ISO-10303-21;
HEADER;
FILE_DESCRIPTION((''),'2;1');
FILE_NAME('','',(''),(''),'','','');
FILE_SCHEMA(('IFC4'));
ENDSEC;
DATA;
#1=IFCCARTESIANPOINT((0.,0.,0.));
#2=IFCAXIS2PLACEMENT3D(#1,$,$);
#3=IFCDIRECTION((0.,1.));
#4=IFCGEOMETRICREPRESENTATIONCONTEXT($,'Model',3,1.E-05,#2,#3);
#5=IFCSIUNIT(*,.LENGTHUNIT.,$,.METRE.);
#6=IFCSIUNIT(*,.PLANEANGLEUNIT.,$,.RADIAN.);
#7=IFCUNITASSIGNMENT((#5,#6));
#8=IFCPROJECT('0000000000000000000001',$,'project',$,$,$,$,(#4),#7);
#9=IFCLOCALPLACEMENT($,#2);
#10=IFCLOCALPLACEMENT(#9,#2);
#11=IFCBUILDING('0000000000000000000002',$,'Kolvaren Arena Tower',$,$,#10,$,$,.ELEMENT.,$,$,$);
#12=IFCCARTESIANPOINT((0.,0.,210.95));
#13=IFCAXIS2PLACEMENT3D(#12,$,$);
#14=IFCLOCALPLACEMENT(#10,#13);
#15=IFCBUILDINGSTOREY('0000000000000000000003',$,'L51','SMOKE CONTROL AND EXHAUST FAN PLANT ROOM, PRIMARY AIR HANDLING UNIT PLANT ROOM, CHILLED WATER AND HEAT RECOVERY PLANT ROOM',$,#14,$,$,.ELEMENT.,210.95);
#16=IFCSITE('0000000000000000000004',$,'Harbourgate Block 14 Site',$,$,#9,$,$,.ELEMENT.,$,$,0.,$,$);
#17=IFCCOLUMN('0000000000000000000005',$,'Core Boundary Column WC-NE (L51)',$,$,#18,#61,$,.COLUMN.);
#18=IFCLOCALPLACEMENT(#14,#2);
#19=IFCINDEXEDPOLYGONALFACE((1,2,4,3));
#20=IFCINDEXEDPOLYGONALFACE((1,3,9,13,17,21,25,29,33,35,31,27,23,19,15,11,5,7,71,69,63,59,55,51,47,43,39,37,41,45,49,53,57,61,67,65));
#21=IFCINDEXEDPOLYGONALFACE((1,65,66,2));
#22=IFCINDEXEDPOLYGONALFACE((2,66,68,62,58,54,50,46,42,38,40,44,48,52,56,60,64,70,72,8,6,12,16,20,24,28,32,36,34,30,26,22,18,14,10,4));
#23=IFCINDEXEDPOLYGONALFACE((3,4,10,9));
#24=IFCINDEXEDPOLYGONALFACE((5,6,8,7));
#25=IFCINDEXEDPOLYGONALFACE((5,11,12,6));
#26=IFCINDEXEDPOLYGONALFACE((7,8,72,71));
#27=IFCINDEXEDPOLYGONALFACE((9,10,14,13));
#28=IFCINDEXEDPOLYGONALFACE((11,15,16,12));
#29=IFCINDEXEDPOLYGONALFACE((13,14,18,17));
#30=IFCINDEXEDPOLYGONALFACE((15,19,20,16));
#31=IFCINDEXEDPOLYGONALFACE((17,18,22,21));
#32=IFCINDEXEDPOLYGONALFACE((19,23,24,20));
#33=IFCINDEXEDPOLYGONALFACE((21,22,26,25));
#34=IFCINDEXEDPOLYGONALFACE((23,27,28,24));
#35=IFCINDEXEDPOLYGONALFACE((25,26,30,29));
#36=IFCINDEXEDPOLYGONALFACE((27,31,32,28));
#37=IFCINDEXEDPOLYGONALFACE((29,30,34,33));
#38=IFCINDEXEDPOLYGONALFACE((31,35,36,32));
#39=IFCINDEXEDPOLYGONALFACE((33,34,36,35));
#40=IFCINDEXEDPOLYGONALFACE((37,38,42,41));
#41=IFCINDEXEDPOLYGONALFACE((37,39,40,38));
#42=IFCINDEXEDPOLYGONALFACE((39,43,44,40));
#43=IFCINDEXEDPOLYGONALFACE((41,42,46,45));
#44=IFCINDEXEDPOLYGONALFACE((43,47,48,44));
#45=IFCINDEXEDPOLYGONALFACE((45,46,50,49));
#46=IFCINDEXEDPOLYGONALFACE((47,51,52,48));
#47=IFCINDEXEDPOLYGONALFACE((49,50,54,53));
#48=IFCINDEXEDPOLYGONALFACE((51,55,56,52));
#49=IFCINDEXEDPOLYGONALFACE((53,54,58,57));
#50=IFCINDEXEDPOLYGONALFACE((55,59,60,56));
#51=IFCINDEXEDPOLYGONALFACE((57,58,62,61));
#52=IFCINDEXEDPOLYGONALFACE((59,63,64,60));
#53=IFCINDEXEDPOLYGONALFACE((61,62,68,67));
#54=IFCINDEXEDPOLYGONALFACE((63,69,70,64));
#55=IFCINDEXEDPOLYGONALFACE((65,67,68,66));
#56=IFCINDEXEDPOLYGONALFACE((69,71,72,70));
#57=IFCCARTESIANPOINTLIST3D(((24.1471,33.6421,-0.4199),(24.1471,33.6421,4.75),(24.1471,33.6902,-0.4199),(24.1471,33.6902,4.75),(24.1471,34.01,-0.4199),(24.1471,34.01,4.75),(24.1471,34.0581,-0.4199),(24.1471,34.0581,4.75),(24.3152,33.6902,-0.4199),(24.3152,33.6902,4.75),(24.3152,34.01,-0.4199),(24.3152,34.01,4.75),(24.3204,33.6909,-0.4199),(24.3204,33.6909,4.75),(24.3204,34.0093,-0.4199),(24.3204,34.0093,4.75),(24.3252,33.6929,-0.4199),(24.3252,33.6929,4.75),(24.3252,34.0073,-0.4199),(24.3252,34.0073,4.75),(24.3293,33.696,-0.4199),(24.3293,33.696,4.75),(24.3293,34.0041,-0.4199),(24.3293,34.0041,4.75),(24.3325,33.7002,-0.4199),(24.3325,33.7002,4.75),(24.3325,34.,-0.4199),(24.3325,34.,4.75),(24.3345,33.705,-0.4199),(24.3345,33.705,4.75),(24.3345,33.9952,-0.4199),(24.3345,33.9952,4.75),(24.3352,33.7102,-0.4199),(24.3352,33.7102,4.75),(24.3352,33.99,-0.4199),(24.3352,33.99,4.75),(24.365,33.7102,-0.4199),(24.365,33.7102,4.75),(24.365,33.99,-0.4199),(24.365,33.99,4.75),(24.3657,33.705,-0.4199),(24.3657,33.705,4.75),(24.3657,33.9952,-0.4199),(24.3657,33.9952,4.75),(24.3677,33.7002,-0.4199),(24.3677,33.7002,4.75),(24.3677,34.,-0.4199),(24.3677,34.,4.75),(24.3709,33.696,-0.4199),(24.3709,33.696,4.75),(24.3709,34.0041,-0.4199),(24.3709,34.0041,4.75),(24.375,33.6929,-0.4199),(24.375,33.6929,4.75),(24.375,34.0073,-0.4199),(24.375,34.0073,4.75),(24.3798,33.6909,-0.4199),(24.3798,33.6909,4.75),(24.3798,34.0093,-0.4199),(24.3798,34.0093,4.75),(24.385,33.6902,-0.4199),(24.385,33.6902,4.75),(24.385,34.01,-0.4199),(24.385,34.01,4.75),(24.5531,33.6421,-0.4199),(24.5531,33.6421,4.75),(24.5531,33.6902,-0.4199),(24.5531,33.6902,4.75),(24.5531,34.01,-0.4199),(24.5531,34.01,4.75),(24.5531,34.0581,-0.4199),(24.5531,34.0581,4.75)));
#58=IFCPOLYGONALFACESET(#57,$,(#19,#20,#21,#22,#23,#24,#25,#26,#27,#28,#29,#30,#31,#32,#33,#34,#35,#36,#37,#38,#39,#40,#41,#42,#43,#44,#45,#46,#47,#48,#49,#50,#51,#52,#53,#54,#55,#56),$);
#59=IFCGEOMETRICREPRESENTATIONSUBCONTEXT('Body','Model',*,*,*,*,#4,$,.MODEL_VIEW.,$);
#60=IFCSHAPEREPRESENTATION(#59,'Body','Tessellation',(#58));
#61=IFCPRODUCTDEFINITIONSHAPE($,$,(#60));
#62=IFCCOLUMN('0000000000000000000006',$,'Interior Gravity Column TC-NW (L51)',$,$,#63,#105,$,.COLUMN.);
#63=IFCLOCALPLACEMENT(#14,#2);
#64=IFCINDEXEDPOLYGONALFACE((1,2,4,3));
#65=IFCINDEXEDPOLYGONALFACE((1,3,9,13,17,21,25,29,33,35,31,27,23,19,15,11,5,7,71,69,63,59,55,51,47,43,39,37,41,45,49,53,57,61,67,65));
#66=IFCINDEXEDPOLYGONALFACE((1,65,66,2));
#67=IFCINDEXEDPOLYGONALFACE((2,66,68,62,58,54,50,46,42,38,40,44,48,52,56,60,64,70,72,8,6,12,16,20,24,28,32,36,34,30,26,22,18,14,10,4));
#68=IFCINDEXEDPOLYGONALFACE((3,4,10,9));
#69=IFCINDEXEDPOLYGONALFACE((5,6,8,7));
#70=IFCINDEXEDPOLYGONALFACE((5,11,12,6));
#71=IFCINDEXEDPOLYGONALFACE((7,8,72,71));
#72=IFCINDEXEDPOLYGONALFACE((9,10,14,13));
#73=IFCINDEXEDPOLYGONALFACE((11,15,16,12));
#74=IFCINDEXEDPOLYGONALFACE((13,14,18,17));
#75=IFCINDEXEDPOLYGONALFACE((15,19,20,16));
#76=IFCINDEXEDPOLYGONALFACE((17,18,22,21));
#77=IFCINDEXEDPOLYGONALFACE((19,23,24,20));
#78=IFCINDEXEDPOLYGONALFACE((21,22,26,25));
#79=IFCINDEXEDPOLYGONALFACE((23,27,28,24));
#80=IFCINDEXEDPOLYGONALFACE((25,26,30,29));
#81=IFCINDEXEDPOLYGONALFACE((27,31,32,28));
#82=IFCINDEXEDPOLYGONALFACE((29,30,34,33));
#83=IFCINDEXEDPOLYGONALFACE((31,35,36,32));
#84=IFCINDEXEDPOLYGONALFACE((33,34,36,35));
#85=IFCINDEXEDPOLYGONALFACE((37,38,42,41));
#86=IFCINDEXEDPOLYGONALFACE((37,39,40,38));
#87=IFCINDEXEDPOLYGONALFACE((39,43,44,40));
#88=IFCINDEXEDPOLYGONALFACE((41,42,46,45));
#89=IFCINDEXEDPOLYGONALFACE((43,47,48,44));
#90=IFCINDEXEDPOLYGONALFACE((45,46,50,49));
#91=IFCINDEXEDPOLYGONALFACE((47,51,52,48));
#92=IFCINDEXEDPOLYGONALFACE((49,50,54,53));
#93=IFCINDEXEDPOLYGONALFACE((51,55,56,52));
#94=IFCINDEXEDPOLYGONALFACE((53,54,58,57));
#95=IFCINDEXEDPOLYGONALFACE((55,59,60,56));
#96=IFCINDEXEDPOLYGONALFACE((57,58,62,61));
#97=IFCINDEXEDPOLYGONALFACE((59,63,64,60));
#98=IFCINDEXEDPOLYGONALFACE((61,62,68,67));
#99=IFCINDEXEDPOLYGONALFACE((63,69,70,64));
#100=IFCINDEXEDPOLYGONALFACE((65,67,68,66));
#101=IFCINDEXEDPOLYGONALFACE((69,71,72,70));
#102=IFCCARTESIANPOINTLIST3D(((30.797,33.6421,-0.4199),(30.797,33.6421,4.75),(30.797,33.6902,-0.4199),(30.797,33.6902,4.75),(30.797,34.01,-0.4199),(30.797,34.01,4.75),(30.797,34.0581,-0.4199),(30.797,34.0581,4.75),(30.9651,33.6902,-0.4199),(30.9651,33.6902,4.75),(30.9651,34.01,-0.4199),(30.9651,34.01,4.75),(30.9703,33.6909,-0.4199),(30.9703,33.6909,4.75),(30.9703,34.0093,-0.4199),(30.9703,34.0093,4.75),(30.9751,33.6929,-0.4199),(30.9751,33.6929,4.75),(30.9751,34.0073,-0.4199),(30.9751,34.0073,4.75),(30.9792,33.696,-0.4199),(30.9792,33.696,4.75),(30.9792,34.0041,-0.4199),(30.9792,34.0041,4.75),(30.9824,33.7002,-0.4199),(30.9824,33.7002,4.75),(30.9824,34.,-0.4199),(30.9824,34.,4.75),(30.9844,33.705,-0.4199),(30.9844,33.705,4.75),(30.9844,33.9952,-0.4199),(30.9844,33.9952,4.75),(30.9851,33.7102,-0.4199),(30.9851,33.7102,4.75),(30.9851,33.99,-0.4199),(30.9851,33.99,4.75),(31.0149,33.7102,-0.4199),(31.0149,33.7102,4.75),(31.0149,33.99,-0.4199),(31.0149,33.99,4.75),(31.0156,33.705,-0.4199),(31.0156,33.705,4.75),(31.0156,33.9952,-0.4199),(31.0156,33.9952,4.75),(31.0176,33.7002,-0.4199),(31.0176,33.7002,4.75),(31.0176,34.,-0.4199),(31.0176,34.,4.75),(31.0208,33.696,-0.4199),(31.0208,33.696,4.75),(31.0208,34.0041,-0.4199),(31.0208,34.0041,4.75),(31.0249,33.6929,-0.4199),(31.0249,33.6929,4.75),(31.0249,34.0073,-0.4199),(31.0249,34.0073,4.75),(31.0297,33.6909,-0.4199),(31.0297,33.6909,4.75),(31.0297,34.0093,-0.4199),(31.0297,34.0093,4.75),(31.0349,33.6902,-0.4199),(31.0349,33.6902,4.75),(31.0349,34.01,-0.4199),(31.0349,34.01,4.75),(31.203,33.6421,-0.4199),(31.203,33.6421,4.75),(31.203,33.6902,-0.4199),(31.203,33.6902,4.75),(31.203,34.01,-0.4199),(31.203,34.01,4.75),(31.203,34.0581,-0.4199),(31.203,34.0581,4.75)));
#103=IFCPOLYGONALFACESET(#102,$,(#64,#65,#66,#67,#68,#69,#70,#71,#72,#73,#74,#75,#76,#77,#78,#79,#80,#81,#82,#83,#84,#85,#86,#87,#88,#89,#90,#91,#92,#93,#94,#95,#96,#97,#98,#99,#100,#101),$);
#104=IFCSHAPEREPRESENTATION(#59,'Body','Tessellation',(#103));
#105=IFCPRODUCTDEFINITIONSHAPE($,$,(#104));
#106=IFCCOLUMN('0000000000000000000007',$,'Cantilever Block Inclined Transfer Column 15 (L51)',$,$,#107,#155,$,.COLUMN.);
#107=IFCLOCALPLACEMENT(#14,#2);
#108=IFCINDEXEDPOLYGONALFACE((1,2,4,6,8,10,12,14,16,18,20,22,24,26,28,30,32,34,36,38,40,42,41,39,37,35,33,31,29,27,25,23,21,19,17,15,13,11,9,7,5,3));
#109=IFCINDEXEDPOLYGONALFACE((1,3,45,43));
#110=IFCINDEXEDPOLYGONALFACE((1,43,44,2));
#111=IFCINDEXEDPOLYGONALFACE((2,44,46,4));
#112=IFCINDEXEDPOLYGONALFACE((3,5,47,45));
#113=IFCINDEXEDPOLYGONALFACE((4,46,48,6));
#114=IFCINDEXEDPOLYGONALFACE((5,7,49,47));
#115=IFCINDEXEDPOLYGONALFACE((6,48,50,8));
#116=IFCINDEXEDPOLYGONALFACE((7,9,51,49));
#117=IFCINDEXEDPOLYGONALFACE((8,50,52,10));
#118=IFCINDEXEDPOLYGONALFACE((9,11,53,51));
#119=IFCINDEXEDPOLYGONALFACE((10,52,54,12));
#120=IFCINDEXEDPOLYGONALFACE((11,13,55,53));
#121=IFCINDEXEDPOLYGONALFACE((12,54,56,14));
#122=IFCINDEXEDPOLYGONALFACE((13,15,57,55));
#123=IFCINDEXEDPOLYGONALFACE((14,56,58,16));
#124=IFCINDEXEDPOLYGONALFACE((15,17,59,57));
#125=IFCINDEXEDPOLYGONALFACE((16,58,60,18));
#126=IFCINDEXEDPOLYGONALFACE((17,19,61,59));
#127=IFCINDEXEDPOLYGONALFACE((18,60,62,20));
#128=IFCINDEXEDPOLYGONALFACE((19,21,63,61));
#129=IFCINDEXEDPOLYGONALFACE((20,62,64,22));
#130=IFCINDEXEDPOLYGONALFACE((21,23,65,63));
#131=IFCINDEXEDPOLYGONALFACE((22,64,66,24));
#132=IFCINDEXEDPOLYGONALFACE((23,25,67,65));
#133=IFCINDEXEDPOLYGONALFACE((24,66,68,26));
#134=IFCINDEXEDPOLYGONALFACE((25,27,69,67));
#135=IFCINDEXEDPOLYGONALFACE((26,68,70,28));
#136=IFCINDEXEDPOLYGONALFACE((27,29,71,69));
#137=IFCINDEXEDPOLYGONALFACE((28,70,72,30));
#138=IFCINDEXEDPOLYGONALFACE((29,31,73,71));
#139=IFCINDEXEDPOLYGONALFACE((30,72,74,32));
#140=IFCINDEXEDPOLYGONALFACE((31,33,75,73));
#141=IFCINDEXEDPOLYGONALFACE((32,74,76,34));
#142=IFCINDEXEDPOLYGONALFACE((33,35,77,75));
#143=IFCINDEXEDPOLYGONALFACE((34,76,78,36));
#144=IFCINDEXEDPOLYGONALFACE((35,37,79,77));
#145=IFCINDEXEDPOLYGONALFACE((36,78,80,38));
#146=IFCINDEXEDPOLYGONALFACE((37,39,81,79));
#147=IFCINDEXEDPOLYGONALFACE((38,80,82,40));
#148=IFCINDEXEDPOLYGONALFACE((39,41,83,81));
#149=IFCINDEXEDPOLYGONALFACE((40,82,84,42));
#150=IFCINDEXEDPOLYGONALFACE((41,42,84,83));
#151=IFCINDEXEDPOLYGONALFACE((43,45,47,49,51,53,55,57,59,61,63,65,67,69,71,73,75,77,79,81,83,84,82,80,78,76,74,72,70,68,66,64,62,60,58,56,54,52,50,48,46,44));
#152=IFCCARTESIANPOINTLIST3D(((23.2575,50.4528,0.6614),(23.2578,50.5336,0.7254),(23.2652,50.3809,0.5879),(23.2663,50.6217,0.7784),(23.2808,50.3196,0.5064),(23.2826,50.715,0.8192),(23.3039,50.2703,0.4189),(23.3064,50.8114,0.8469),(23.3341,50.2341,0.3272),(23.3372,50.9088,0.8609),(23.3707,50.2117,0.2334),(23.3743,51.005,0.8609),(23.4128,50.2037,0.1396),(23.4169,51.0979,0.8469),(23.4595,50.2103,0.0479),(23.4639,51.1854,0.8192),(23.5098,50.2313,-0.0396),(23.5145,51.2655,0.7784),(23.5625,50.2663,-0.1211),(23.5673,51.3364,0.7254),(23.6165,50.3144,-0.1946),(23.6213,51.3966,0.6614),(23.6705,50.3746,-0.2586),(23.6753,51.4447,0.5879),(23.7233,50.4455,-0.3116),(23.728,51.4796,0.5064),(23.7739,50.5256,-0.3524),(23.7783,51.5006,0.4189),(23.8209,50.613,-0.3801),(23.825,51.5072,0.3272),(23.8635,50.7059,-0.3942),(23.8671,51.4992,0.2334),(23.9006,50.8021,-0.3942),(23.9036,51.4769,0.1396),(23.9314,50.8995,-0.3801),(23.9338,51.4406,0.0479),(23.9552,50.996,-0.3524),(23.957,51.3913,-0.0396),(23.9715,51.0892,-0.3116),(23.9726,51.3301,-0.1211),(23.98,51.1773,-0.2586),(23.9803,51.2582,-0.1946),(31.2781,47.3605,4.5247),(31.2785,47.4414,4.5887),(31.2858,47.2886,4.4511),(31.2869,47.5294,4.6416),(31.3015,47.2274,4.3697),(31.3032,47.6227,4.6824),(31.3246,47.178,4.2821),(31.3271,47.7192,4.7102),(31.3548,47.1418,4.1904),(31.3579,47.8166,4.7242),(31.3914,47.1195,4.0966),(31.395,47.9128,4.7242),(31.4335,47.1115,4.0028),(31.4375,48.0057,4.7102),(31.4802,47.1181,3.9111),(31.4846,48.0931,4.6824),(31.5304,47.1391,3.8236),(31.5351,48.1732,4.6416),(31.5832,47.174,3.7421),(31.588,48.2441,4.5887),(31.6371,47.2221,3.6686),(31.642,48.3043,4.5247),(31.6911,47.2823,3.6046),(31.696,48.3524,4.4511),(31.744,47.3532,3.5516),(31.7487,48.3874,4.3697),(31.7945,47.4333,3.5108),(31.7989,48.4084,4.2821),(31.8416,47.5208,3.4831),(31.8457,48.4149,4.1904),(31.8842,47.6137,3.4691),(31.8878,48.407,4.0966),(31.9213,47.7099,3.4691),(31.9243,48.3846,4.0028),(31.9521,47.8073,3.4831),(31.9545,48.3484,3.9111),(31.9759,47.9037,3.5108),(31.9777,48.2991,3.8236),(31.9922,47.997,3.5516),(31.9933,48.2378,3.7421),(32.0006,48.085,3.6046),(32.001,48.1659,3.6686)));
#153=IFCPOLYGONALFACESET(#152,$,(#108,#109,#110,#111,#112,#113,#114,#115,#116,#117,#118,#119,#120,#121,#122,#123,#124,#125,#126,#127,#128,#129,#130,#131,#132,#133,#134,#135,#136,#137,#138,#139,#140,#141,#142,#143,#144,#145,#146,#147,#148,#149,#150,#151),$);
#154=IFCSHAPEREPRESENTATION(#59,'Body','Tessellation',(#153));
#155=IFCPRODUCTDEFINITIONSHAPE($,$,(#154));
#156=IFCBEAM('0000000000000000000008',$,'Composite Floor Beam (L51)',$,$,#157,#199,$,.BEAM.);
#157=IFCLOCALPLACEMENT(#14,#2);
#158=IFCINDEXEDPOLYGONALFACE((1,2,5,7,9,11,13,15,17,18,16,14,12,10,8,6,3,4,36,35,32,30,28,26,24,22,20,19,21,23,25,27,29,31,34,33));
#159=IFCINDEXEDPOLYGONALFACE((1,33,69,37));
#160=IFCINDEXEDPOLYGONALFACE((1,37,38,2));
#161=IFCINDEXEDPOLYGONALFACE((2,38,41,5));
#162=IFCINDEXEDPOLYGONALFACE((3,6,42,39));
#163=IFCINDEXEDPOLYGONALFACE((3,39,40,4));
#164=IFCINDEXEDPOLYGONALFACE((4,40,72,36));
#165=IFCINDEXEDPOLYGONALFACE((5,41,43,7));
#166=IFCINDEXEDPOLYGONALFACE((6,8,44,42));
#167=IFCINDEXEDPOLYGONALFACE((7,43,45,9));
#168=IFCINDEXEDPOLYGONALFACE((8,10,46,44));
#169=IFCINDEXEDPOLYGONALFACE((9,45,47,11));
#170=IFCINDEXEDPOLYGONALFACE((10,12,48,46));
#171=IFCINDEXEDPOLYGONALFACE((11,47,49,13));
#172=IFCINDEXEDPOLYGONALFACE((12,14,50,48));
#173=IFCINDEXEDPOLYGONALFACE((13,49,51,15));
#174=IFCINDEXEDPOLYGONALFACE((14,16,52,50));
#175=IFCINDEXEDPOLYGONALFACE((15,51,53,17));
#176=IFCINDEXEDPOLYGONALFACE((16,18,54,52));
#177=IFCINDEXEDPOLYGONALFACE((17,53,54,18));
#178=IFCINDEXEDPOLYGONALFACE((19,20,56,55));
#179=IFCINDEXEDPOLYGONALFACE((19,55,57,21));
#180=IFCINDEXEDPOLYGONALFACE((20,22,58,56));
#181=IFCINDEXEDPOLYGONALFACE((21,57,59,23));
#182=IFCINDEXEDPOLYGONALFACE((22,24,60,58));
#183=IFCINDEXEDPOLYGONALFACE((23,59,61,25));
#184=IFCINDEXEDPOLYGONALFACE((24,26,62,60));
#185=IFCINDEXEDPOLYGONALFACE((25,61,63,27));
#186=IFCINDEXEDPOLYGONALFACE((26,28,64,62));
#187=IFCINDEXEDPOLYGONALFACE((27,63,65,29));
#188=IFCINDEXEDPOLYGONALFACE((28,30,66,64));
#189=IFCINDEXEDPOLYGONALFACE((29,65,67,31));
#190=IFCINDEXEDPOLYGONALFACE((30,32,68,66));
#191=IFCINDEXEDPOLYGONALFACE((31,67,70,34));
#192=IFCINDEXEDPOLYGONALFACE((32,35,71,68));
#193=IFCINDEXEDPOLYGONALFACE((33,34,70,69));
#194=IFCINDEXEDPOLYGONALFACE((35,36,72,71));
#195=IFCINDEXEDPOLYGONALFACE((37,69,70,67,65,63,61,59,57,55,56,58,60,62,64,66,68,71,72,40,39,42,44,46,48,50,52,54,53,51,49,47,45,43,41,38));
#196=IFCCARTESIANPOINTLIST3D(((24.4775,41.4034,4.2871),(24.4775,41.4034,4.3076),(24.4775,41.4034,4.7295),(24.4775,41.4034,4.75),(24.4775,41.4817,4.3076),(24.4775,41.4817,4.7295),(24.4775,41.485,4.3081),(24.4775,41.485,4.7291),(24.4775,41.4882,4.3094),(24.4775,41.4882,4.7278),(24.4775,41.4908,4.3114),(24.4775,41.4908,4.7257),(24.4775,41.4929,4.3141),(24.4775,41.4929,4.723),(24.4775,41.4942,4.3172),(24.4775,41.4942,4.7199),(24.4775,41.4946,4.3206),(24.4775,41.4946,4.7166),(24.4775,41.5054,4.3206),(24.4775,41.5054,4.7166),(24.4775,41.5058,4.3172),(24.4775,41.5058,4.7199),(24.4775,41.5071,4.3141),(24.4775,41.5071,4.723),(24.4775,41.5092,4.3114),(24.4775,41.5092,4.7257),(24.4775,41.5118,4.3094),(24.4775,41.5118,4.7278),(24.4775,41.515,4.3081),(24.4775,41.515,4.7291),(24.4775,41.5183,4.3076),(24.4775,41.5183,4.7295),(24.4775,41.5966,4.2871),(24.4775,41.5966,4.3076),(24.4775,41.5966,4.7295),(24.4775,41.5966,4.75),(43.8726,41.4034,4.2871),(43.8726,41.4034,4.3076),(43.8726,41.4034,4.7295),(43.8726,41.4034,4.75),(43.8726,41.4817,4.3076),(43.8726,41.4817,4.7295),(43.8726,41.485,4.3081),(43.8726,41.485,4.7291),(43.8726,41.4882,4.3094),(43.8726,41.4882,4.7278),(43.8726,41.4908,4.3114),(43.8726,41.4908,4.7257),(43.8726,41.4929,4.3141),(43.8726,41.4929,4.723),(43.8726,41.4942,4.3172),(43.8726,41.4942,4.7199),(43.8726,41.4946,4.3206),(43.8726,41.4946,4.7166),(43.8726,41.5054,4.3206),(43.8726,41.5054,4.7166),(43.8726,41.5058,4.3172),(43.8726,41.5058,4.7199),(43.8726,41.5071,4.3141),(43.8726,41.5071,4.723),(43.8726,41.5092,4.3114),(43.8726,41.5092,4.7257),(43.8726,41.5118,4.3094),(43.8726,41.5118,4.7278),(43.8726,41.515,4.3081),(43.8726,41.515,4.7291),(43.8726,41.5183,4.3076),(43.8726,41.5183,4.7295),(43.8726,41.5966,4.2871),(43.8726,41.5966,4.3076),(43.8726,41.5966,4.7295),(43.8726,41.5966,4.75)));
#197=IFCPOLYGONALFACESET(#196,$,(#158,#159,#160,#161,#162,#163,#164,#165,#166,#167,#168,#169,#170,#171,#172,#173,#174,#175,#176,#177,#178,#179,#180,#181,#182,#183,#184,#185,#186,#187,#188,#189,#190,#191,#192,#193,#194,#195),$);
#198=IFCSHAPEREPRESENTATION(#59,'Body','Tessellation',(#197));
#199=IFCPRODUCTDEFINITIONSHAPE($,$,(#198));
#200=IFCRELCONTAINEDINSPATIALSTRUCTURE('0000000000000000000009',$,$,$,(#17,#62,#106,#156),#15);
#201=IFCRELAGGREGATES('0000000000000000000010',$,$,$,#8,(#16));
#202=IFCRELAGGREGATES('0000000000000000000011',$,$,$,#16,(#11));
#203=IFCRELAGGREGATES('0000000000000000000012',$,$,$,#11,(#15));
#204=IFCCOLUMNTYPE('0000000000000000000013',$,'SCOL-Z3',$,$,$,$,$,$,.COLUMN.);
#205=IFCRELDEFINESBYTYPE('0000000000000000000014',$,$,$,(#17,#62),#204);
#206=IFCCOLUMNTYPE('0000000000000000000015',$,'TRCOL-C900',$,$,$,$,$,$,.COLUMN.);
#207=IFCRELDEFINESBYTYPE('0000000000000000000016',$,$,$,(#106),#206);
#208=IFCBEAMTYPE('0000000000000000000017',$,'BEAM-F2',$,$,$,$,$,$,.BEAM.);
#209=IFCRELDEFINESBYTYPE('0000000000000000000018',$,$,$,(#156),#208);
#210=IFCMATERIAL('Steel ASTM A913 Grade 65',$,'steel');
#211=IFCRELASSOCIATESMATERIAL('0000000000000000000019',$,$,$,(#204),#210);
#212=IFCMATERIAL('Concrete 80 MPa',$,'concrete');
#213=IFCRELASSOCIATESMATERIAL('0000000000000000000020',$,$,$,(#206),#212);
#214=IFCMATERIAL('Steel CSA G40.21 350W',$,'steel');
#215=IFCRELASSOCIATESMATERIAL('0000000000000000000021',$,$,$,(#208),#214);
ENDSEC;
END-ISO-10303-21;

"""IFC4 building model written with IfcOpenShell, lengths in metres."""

from ifc_helpers import new_model, si_unit, direction, frame, origin, origin_2d, place, context, subcontext, project, spatial, circle, i_section, extrude, material, material_profile, profile_set, type_object, element, save


model = new_model("IFC4")

# Units and contexts
model_context = context("Model", 3, precision=1e-05, world=origin(), true_north=direction((0.0, 1.0)))
body_context = subcontext(model_context, "Body", "Model", "MODEL_VIEW")
ifc_project = project(units=[si_unit("LENGTHUNIT", "METRE"), si_unit("PLANEANGLEUNIT", "RADIAN")], contexts=[model_context])

# Site, building, storey
site_placement = place(None, origin())
site = spatial("IfcSite", under=ifc_project, at=site_placement, Name="Harbourgate Block 14 Site", CompositionType="ELEMENT", RefElevation=0.0)
building_placement = place(site_placement, origin())
building = spatial("IfcBuilding", under=site, at=building_placement, Name="Kolvaren Arena Tower", CompositionType="ELEMENT")
storey_placement = place(building_placement, frame((0.0, 0.0, 210.95)))
storey = spatial("IfcBuildingStorey", under=building, at=storey_placement, Name="L51", Description="SMOKE CONTROL AND EXHAUST FAN PLANT ROOM, PRIMARY AIR HANDLING UNIT PLANT ROOM, CHILLED WATER AND HEAT RECOVERY PLANT ROOM", CompositionType="ELEMENT", Elevation=210.95)

# Columns
ifc_material_1 = material(Name="Steel ASTM A913 Grade 65", Category="steel")
ifc_material_profile_1 = material_profile(ifc_material_1, i_section(OverallWidth=0.406, OverallDepth=0.416, WebThickness=0.0298, FlangeThickness=0.0481, FilletRadius=0.02, at=origin_2d()), Name="W360x382")
ifc_profile_set_1 = profile_set([ifc_material_profile_1], Name="Steel ASTM A913 Grade 65")
column_type_1 = type_object("IfcColumnType", Name="SCOL-Z3", PredefinedType="COLUMN", material=ifc_profile_set_1)
for number, where, z_axis, x_axis, name in (
    (1, (24.3501, 33.8501, -0.4199), (0.0, 0.0, 1.0), (1.0, 0.0, 0.0), "Core Boundary Column WC-NE (L51)"),
    (2, (31.0, 33.8501, -0.4199), (0.0, 0.0, 1.0), (1.0, 0.0, 0.0), "Interior Gravity Column TC-NW (L51)"),
):
    element("IfcColumn", number, at=place(storey_placement, frame(where, z_axis=z_axis, x_axis=x_axis)), inside=storey, type_object=column_type_1, Name=name, PredefinedType="COLUMN", context=body_context, shape_type="SweptSolid", body=[
        extrude(i_section(OverallWidth=0.406, OverallDepth=0.416, WebThickness=0.0298, FlangeThickness=0.0481, FilletRadius=0.02, at=origin_2d()), origin(), (0.0, 0.0, 1.0), 5.1699),
    ])
ifc_material_2 = material(Name="Concrete 80 MPa", Category="concrete")
ifc_material_profile_2 = material_profile(ifc_material_2, circle(Radius=0.6899, at=origin_2d()), Name="RC-CIRC-1380")
ifc_profile_set_2 = profile_set([ifc_material_profile_2], Name="Concrete 80 MPa")
column_type_2 = type_object("IfcColumnType", Name="TRCOL-C900", PredefinedType="COLUMN", material=ifc_profile_set_2)
column_placement = place(storey_placement, frame((23.6189, 50.8555, 0.2334), z_axis=(0.851061, -0.328114, 0.409923), x_axis=(0.359727, 0.933058, 0.0)))
element("IfcColumn", 3, at=column_placement, inside=storey, type_object=column_type_2, Name="Cantilever Block Inclined Transfer Column 15 (L51)", PredefinedType="COLUMN", context=body_context, shape_type="SweptSolid", body=[
    extrude(circle(Radius=0.6899, at=origin_2d()), origin(), (0.0, 0.0, 1.0), 9.4243),
])

# Beam
ifc_material_3 = material(Name="Steel CSA G40.21 350W", Category="steel")
ifc_material_profile_3 = material_profile(ifc_material_3, i_section(OverallWidth=0.1931, OverallDepth=0.4629, WebThickness=0.0107, FlangeThickness=0.0205, FilletRadius=0.0129, at=origin_2d()), Name="W460x113")
ifc_profile_set_3 = profile_set([ifc_material_profile_3], Name="Steel CSA G40.21 350W")
beam_type_1 = type_object("IfcBeamType", Name="BEAM-F2", PredefinedType="BEAM", material=ifc_profile_set_3)
beam_1_placement = place(storey_placement, frame((24.4775, 41.5, 4.5186), z_axis=(1.0, 0.0, 0.0), x_axis=(0.0, 1.0, 0.0)))
element("IfcBeam", 4, at=beam_1_placement, inside=storey, type_object=beam_type_1, Name="Composite Floor Beam (L51)", PredefinedType="BEAM", context=body_context, shape_type="SweptSolid", body=[
    extrude(i_section(OverallWidth=0.1931, OverallDepth=0.4629, WebThickness=0.0107, FlangeThickness=0.0205, FilletRadius=0.0129, at=origin_2d()), origin(), (0.0, 0.0, 1.0), 19.395),
])

save(model, "model.ifc")
